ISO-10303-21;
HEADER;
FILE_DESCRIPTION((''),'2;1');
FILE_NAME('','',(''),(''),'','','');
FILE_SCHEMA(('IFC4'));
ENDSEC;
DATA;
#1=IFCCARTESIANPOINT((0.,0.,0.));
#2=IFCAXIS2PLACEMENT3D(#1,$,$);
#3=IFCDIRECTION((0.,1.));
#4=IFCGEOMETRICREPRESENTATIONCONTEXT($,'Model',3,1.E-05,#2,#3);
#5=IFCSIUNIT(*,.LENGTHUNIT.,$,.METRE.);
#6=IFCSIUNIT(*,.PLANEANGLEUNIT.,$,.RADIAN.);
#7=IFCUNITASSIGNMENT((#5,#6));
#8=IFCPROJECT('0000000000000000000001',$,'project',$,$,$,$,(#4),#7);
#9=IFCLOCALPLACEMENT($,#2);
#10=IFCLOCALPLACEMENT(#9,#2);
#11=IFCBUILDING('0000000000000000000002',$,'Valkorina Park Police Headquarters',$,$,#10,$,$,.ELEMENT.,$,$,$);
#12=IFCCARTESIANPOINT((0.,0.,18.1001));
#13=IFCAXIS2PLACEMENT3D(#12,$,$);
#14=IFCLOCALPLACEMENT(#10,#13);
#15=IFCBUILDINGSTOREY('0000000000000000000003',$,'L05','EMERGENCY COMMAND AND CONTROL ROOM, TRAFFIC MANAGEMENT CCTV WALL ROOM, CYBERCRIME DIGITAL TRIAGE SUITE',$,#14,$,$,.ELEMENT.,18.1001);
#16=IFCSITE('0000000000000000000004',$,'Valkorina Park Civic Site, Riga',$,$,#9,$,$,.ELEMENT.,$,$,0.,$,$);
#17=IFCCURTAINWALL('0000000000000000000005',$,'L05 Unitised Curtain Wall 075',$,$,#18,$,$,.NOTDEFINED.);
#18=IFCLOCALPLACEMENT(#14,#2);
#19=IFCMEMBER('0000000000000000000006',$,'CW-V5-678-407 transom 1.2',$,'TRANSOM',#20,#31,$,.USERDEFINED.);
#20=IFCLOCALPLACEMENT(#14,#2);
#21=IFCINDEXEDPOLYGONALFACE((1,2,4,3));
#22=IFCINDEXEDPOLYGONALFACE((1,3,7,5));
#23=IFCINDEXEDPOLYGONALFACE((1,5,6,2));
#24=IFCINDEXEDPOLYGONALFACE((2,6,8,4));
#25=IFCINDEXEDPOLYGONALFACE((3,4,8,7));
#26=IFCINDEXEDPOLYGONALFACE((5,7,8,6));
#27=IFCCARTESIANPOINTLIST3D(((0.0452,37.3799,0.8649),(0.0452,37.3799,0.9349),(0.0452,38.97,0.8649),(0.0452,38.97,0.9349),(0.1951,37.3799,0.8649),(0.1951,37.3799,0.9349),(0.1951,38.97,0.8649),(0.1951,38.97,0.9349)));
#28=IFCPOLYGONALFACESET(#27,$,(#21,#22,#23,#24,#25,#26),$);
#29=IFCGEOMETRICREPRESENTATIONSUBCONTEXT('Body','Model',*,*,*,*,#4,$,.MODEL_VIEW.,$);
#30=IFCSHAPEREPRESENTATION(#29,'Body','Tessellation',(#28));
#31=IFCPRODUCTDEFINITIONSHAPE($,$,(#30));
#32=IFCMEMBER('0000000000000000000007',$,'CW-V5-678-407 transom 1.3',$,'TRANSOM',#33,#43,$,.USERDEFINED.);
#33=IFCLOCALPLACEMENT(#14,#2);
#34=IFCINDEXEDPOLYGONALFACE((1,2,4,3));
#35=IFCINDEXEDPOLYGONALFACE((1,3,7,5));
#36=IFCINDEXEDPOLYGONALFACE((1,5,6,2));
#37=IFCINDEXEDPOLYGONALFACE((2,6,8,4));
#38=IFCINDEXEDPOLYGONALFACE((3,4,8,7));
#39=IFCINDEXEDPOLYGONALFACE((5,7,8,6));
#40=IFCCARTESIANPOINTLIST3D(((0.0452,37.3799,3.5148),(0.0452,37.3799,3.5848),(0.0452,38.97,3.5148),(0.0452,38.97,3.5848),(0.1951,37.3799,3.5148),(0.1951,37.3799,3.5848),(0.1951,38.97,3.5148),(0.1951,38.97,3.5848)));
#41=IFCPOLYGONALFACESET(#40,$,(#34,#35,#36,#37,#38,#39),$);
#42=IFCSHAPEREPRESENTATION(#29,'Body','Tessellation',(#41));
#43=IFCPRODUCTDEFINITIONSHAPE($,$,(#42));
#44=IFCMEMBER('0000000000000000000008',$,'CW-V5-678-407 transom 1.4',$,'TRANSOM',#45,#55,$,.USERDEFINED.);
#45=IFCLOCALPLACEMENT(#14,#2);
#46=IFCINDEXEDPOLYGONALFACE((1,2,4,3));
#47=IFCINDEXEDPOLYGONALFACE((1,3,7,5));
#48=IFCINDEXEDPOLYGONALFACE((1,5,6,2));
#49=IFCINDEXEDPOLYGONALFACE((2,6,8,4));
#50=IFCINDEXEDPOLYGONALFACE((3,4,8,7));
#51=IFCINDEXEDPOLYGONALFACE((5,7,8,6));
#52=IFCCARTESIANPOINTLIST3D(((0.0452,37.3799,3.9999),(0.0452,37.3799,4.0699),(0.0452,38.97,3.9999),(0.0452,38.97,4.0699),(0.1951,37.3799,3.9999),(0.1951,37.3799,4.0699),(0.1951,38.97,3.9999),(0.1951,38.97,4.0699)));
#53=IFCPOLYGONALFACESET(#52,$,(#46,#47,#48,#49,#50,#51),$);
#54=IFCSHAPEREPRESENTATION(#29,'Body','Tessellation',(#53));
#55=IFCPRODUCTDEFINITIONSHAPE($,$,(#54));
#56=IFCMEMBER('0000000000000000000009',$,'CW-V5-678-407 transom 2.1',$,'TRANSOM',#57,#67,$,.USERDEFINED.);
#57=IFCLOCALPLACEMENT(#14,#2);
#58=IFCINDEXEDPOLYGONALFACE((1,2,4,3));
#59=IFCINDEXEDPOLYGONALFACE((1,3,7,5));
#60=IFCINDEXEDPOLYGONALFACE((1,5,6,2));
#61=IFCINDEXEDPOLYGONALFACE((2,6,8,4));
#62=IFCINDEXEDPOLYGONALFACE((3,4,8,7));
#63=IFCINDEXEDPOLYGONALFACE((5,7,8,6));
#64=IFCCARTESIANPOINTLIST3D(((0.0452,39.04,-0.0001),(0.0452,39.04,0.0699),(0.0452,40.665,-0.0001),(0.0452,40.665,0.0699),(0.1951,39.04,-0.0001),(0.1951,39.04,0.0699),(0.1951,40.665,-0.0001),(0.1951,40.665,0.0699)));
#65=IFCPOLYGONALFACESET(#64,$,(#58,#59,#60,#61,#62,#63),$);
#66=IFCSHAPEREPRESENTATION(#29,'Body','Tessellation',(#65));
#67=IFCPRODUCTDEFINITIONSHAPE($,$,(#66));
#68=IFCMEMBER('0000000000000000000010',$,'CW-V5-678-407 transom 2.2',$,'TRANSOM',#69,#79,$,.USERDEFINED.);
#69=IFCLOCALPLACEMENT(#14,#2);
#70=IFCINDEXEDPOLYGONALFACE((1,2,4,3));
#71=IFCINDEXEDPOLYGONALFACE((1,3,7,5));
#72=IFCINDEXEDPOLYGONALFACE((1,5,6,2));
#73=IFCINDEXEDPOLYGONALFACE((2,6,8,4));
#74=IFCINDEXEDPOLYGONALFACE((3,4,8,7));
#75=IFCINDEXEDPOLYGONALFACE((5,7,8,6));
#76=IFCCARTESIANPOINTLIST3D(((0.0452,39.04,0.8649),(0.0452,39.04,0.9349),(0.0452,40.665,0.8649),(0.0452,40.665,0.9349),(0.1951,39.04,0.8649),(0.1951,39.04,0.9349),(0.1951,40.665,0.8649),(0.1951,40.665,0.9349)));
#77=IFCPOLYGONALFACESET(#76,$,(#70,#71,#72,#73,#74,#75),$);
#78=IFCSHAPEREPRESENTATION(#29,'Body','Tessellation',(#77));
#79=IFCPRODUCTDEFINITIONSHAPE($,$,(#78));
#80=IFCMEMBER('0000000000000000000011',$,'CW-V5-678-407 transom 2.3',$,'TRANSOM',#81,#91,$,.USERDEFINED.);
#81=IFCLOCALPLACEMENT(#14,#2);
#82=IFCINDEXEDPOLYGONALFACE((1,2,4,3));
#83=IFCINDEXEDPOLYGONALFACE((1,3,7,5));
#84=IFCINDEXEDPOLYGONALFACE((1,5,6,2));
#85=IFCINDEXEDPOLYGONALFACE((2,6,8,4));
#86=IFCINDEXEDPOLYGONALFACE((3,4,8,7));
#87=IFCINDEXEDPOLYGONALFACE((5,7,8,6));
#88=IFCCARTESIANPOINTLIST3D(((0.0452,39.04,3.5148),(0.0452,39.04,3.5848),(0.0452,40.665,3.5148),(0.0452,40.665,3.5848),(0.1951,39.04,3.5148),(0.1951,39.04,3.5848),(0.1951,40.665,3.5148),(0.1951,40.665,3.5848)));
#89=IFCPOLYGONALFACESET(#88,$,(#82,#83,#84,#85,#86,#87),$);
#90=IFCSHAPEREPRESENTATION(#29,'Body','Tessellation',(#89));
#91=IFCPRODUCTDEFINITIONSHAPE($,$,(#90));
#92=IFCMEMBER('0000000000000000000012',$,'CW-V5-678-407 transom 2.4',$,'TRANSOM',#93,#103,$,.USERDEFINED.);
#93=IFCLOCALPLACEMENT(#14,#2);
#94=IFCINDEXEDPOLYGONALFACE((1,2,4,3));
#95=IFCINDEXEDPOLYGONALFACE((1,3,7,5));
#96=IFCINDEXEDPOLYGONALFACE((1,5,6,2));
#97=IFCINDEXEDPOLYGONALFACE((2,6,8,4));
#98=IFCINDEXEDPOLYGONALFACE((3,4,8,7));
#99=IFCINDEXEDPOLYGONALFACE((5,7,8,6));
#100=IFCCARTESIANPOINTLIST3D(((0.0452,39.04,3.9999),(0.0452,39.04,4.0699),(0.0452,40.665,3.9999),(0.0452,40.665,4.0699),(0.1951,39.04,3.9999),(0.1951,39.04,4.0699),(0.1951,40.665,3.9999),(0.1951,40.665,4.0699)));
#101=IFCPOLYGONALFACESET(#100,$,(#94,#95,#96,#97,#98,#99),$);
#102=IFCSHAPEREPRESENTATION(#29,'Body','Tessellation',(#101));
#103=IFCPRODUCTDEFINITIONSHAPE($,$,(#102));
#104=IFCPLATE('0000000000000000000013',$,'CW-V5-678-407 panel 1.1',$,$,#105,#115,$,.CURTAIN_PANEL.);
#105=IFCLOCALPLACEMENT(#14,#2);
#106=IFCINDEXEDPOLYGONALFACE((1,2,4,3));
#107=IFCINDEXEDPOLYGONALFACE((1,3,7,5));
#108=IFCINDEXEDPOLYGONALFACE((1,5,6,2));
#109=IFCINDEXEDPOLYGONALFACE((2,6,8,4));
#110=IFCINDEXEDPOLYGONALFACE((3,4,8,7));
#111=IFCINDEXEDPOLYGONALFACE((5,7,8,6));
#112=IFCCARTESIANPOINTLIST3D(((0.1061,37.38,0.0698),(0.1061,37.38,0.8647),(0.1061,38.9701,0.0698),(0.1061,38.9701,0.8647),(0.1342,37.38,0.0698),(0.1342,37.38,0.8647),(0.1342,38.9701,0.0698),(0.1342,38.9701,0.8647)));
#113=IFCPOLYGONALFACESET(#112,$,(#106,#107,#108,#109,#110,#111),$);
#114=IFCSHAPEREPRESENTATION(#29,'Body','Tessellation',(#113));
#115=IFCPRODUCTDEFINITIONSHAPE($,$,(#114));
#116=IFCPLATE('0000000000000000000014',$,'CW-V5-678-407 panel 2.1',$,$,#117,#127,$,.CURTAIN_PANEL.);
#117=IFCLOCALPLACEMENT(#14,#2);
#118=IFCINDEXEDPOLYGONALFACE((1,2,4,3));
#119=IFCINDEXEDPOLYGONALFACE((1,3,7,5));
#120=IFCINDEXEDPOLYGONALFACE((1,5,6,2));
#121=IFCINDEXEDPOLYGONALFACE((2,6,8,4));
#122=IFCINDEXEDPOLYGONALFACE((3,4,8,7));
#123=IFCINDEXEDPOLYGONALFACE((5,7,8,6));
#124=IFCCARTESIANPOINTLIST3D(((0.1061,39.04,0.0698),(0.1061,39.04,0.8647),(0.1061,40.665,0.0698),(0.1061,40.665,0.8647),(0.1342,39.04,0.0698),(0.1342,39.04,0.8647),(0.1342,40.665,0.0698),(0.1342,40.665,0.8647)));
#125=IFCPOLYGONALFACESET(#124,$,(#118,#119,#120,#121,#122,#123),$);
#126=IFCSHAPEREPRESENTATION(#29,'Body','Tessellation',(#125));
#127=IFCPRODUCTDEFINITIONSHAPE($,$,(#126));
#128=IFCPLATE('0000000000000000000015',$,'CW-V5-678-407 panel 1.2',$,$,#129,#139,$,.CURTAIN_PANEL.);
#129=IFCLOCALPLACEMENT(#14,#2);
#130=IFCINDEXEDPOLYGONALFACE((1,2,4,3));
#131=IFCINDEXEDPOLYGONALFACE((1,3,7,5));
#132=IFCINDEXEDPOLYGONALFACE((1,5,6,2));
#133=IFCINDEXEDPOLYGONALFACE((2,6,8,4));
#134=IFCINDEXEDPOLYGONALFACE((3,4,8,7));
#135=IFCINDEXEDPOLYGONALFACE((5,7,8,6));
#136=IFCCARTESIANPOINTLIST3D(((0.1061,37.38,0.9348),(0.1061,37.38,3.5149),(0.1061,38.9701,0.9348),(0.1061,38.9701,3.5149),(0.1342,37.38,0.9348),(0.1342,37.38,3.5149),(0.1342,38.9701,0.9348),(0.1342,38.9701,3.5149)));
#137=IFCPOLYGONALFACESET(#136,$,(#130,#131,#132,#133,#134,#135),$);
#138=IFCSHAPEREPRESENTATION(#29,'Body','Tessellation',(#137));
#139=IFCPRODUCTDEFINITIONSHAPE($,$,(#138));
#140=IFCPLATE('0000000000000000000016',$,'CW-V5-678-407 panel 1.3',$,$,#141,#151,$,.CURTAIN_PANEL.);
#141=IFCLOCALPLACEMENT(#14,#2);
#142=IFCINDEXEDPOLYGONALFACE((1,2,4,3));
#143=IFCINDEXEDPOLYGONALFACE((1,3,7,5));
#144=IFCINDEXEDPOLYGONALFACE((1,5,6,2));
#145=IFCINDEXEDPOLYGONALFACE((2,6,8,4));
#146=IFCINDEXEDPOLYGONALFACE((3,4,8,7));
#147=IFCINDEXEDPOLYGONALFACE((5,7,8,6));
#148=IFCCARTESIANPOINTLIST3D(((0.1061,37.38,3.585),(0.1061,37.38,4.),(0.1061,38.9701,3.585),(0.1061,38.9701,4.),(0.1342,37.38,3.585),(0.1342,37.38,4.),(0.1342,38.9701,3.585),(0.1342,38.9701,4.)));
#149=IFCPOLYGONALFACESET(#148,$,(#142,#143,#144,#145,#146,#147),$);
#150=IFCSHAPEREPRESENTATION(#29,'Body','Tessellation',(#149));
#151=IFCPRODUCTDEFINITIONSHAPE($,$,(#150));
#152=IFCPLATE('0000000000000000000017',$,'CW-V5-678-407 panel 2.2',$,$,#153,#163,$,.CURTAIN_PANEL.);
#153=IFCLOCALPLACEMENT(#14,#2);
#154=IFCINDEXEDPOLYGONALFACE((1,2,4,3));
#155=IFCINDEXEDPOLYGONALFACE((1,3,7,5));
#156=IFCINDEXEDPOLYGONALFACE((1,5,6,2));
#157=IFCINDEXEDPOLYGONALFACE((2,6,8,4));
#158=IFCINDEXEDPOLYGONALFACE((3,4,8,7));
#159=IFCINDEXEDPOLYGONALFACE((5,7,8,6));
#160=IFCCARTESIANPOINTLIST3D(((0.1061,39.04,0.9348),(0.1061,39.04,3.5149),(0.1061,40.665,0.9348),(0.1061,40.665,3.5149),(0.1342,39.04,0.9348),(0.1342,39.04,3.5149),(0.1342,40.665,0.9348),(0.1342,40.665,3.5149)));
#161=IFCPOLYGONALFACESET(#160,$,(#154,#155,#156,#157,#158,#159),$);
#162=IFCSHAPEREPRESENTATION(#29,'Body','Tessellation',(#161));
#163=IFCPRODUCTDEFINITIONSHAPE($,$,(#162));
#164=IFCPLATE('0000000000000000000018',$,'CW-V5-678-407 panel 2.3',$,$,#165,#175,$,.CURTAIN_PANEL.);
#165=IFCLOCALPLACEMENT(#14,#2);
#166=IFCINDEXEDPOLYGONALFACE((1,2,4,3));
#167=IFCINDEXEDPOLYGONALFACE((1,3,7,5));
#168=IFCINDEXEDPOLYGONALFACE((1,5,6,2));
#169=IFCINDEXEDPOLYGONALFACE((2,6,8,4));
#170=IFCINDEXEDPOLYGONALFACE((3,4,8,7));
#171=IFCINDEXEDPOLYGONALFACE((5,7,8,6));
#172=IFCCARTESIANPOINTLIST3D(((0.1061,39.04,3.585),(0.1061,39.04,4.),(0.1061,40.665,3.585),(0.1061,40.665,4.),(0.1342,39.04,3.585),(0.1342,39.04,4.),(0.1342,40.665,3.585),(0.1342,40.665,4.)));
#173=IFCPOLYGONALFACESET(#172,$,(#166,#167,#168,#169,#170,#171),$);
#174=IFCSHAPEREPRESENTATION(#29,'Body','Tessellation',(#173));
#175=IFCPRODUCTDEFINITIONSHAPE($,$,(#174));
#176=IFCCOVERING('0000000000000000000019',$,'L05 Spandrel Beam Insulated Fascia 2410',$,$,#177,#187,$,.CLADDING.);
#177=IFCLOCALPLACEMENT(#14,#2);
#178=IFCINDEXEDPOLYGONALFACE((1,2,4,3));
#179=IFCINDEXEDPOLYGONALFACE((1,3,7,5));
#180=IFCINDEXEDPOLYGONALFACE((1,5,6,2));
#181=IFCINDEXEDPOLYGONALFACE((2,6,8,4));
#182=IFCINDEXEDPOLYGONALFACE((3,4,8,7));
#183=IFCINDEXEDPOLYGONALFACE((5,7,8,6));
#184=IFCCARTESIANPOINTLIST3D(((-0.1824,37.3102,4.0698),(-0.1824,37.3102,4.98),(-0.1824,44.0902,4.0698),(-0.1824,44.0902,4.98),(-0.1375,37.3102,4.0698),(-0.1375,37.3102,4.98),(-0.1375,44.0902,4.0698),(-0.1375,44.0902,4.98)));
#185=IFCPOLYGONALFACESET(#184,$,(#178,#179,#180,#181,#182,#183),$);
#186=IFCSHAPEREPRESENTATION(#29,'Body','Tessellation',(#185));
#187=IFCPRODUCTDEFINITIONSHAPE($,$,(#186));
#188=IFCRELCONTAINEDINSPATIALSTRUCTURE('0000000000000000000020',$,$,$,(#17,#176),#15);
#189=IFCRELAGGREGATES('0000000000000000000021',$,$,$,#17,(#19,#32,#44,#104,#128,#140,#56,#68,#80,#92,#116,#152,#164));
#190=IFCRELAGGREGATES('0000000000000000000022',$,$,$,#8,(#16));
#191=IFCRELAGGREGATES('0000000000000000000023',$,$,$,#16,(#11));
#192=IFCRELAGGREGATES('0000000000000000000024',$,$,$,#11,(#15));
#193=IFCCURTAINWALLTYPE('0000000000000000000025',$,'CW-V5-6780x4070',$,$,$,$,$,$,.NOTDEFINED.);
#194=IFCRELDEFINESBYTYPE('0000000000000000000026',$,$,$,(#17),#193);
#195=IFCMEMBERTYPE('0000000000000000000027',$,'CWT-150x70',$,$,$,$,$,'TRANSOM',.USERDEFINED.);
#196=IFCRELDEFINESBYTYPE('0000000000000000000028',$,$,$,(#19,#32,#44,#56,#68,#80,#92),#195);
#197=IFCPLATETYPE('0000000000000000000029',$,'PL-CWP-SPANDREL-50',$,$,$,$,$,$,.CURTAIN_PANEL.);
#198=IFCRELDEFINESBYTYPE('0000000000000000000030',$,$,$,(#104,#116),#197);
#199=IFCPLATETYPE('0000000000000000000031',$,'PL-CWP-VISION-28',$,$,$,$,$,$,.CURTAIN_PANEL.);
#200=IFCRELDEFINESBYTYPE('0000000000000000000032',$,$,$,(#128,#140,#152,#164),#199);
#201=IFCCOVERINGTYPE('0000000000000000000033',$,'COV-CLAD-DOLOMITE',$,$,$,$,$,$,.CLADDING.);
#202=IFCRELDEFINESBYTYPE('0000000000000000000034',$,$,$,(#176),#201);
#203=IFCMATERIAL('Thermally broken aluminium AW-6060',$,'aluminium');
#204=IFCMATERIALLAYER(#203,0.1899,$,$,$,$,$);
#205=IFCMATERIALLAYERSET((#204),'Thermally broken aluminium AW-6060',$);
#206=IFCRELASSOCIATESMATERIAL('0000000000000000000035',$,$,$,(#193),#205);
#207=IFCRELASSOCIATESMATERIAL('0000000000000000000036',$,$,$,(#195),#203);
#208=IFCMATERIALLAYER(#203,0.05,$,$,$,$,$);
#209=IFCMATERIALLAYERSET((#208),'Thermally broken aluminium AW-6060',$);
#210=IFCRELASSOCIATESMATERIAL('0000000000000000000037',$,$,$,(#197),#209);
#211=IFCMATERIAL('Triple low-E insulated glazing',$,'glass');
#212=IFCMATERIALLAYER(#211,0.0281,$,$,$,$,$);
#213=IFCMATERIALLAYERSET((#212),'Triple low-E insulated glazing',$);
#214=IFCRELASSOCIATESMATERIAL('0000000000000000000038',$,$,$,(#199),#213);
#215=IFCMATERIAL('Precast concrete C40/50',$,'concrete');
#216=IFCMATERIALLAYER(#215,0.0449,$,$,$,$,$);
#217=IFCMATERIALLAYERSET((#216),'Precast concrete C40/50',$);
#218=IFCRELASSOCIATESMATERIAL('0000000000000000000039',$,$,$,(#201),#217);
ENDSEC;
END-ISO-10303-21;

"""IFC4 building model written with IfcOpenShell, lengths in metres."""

from ifc_helpers import new_model, si_unit, direction, frame, frame_2d, origin, origin_2d, place, context, subcontext, project, spatial, rectangle, extrude, material, layer, layer_set, material_profile, profile_set, type_object, element, aggregate, save


model = new_model("IFC4")

# Units and contexts
model_context = context("Model", 3, precision=1e-05, world=origin(), true_north=direction((0.0, 1.0)))
body_context = subcontext(model_context, "Body", "Model", "MODEL_VIEW")
ifc_project = project(units=[si_unit("LENGTHUNIT", "METRE"), si_unit("PLANEANGLEUNIT", "RADIAN")], contexts=[model_context])

# Site, building, storey
site_placement = place(None, origin())
site = spatial("IfcSite", under=ifc_project, at=site_placement, Name="Valkorina Park Civic Site, Riga", CompositionType="ELEMENT", RefElevation=0.0)
building_placement = place(site_placement, origin())
building = spatial("IfcBuilding", under=site, at=building_placement, Name="Valkorina Park Police Headquarters", CompositionType="ELEMENT")
storey_placement = place(building_placement, frame((0.0, 0.0, 18.1001)))
storey = spatial("IfcBuildingStorey", under=building, at=storey_placement, Name="L05", Description="EMERGENCY COMMAND AND CONTROL ROOM, TRAFFIC MANAGEMENT CCTV WALL ROOM, CYBERCRIME DIGITAL TRIAGE SUITE", CompositionType="ELEMENT", Elevation=18.1001)

# Curtain wall, members, plates
ifc_material_1 = material(Name="Thermally broken aluminium AW-6060", Category="aluminium")
ifc_layer_1 = layer(ifc_material_1, 0.1899)
ifc_layer_set_1 = layer_set([ifc_layer_1], Name="Thermally broken aluminium AW-6060")
curtain_wall_type = type_object("IfcCurtainWallType", Name="CW-V5-6780x4070", PredefinedType="NOTDEFINED", material=ifc_layer_set_1)
curtain_wall_placement = place(storey_placement, origin())
curtain_wall = element("IfcCurtainWall", 1, at=curtain_wall_placement, inside=storey, type_object=curtain_wall_type, Name="L05 Unitised Curtain Wall 075", PredefinedType="NOTDEFINED")
ifc_material_profile_1 = material_profile(ifc_material_1, rectangle(XDim=0.1499, YDim=0.0701, at=origin_2d()), Name="CWT-02 150x70")
ifc_profile_set_1 = profile_set([ifc_material_profile_1], Name="Thermally broken aluminium AW-6060")
member_type_1 = type_object("IfcMemberType", Name="CWT-150x70", ElementType="TRANSOM", PredefinedType="USERDEFINED", material=ifc_profile_set_1)
member_1_placement = place(storey_placement, frame((0.1201, 37.3799, 0.8999), z_axis=(0.0, 1.0, 0.0), x_axis=(-1.0, 0.0, 0.0)))
member_1 = element("IfcMember", 2, at=member_1_placement, type_object=member_type_1, Name="CW-V5-678-407 transom 1.2", ObjectType="TRANSOM", PredefinedType="USERDEFINED", context=body_context, shape_type="SweptSolid", body=[
    extrude(rectangle(XDim=0.1499, YDim=0.0701, at=origin_2d()), origin(), (0.0, 0.0, 1.0), 1.5901),
])
member_2_placement = place(storey_placement, frame((0.1201, 37.3799, 3.5498), z_axis=(0.0, 1.0, 0.0), x_axis=(-1.0, 0.0, 0.0)))
member_2 = element("IfcMember", 3, at=member_2_placement, type_object=member_type_1, Name="CW-V5-678-407 transom 1.3", ObjectType="TRANSOM", PredefinedType="USERDEFINED", context=body_context, shape_type="SweptSolid", body=[
    extrude(rectangle(XDim=0.1499, YDim=0.0701, at=origin_2d()), origin(), (0.0, 0.0, 1.0), 1.5901),
])
member_3_placement = place(storey_placement, frame((0.1201, 37.3799, 4.0349), z_axis=(0.0, 1.0, 0.0), x_axis=(-1.0, 0.0, 0.0)))
member_3 = element("IfcMember", 4, at=member_3_placement, type_object=member_type_1, Name="CW-V5-678-407 transom 1.4", ObjectType="TRANSOM", PredefinedType="USERDEFINED", context=body_context, shape_type="SweptSolid", body=[
    extrude(rectangle(XDim=0.1499, YDim=0.0701, at=origin_2d()), origin(), (0.0, 0.0, 1.0), 1.5901),
])
member_4_placement = place(storey_placement, frame((0.1201, 39.04, 0.0349), z_axis=(0.0, 1.0, 0.0), x_axis=(-1.0, 0.0, 0.0)))
member_4 = element("IfcMember", 5, at=member_4_placement, type_object=member_type_1, Name="CW-V5-678-407 transom 2.1", ObjectType="TRANSOM", PredefinedType="USERDEFINED", context=body_context, shape_type="SweptSolid", body=[
    extrude(rectangle(XDim=0.1499, YDim=0.0701, at=origin_2d()), origin(), (0.0, 0.0, 1.0), 1.625),
])
member_5_placement = place(storey_placement, frame((0.1201, 39.04, 0.8999), z_axis=(0.0, 1.0, 0.0), x_axis=(-1.0, 0.0, 0.0)))
member_5 = element("IfcMember", 6, at=member_5_placement, type_object=member_type_1, Name="CW-V5-678-407 transom 2.2", ObjectType="TRANSOM", PredefinedType="USERDEFINED", context=body_context, shape_type="SweptSolid", body=[
    extrude(rectangle(XDim=0.1499, YDim=0.0701, at=origin_2d()), origin(), (0.0, 0.0, 1.0), 1.625),
])
member_6_placement = place(storey_placement, frame((0.1201, 39.04, 3.5498), z_axis=(0.0, 1.0, 0.0), x_axis=(-1.0, 0.0, 0.0)))
member_6 = element("IfcMember", 7, at=member_6_placement, type_object=member_type_1, Name="CW-V5-678-407 transom 2.3", ObjectType="TRANSOM", PredefinedType="USERDEFINED", context=body_context, shape_type="SweptSolid", body=[
    extrude(rectangle(XDim=0.1499, YDim=0.0701, at=origin_2d()), origin(), (0.0, 0.0, 1.0), 1.625),
])
member_7_placement = place(storey_placement, frame((0.1201, 39.04, 4.0349), z_axis=(0.0, 1.0, 0.0), x_axis=(-1.0, 0.0, 0.0)))
member_7 = element("IfcMember", 8, at=member_7_placement, type_object=member_type_1, Name="CW-V5-678-407 transom 2.4", ObjectType="TRANSOM", PredefinedType="USERDEFINED", context=body_context, shape_type="SweptSolid", body=[
    extrude(rectangle(XDim=0.1499, YDim=0.0701, at=origin_2d()), origin(), (0.0, 0.0, 1.0), 1.625),
])
ifc_layer_2 = layer(ifc_material_1, 0.05)
ifc_layer_set_2 = layer_set([ifc_layer_2], Name="Thermally broken aluminium AW-6060")
plate_type_1 = type_object("IfcPlateType", Name="PL-CWP-SPANDREL-50", PredefinedType="CURTAIN_PANEL", material=ifc_layer_set_2)
plate_1_placement = place(storey_placement, frame((0.1201, 38.175, 0.0698), z_axis=(0.0, 0.0, 1.0), x_axis=(0.0, 1.0, 0.0)))
plate_1 = element("IfcPlate", 9, at=plate_1_placement, type_object=plate_type_1, Name="CW-V5-678-407 panel 1.1", PredefinedType="CURTAIN_PANEL", context=body_context, shape_type="SweptSolid", body=[
    extrude(rectangle(XDim=1.5901, YDim=0.0281, at=origin_2d()), origin(), (0.0, 0.0, 1.0), 0.7949),
])
plate_2_placement = place(storey_placement, frame((0.1201, 39.8525, 0.0698), z_axis=(0.0, 0.0, 1.0), x_axis=(0.0, 1.0, 0.0)))
plate_2 = element("IfcPlate", 10, at=plate_2_placement, type_object=plate_type_1, Name="CW-V5-678-407 panel 2.1", PredefinedType="CURTAIN_PANEL", context=body_context, shape_type="SweptSolid", body=[
    extrude(rectangle(XDim=1.625, YDim=0.0281, at=origin_2d()), origin(), (0.0, 0.0, 1.0), 0.7949),
])
ifc_material_2 = material(Name="Triple low-E insulated glazing", Category="glass")
ifc_layer_3 = layer(ifc_material_2, 0.0281)
ifc_layer_set_3 = layer_set([ifc_layer_3], Name="Triple low-E insulated glazing")
plate_type_2 = type_object("IfcPlateType", Name="PL-CWP-VISION-28", PredefinedType="CURTAIN_PANEL", material=ifc_layer_set_3)
plate_3_placement = place(storey_placement, frame((0.1201, 38.175, 0.9348), z_axis=(0.0, 0.0, 1.0), x_axis=(0.0, 1.0, 0.0)))
plate_3 = element("IfcPlate", 11, at=plate_3_placement, type_object=plate_type_2, Name="CW-V5-678-407 panel 1.2", PredefinedType="CURTAIN_PANEL", context=body_context, shape_type="SweptSolid", body=[
    extrude(rectangle(XDim=1.5901, YDim=0.0281, at=origin_2d()), origin(), (0.0, 0.0, 1.0), 2.5801),
])
plate_4_placement = place(storey_placement, frame((0.1201, 38.175, 3.585), z_axis=(0.0, 0.0, 1.0), x_axis=(0.0, 1.0, 0.0)))
plate_4 = element("IfcPlate", 12, at=plate_4_placement, type_object=plate_type_2, Name="CW-V5-678-407 panel 1.3", PredefinedType="CURTAIN_PANEL", context=body_context, shape_type="SweptSolid", body=[
    extrude(rectangle(XDim=1.5901, YDim=0.0281, at=origin_2d()), origin(), (0.0, 0.0, 1.0), 0.415),
])
plate_5_placement = place(storey_placement, frame((0.1201, 39.8525, 0.9348), z_axis=(0.0, 0.0, 1.0), x_axis=(0.0, 1.0, 0.0)))
plate_5 = element("IfcPlate", 13, at=plate_5_placement, type_object=plate_type_2, Name="CW-V5-678-407 panel 2.2", PredefinedType="CURTAIN_PANEL", context=body_context, shape_type="SweptSolid", body=[
    extrude(rectangle(XDim=1.625, YDim=0.0281, at=origin_2d()), origin(), (0.0, 0.0, 1.0), 2.5801),
])
plate_6_placement = place(storey_placement, frame((0.1201, 39.8525, 3.585), z_axis=(0.0, 0.0, 1.0), x_axis=(0.0, 1.0, 0.0)))
plate_6 = element("IfcPlate", 14, at=plate_6_placement, type_object=plate_type_2, Name="CW-V5-678-407 panel 2.3", PredefinedType="CURTAIN_PANEL", context=body_context, shape_type="SweptSolid", body=[
    extrude(rectangle(XDim=1.625, YDim=0.0281, at=origin_2d()), origin(), (0.0, 0.0, 1.0), 0.415),
])
aggregate(curtain_wall, [member_1, member_2, member_3, plate_1, plate_3, plate_4, member_4, member_5, member_6, member_7, plate_2, plate_5, plate_6])

# Covering
ifc_material_3 = material(Name="Precast concrete C40/50", Category="concrete")
ifc_layer_4 = layer(ifc_material_3, 0.0449)
ifc_layer_set_4 = layer_set([ifc_layer_4], Name="Precast concrete C40/50")
covering_type_1 = type_object("IfcCoveringType", Name="COV-CLAD-DOLOMITE", PredefinedType="CLADDING", material=ifc_layer_set_4)
covering_1_placement = place(storey_placement, frame((-0.1599, 37.3101, 4.0698), z_axis=(0.0, 0.0, 1.0), x_axis=(0.0, 1.0, 0.0)))
element("IfcCovering", 15, at=covering_1_placement, inside=storey, type_object=covering_type_1, Name="L05 Spandrel Beam Insulated Fascia 2410", PredefinedType="CLADDING", context=body_context, shape_type="SweptSolid", body=[
    extrude(rectangle(XDim=6.78, YDim=0.0449, at=frame_2d((3.3901, 0.0))), origin(), (0.0, 0.0, 1.0), 0.9102),
])

save(model, "model.ifc")
